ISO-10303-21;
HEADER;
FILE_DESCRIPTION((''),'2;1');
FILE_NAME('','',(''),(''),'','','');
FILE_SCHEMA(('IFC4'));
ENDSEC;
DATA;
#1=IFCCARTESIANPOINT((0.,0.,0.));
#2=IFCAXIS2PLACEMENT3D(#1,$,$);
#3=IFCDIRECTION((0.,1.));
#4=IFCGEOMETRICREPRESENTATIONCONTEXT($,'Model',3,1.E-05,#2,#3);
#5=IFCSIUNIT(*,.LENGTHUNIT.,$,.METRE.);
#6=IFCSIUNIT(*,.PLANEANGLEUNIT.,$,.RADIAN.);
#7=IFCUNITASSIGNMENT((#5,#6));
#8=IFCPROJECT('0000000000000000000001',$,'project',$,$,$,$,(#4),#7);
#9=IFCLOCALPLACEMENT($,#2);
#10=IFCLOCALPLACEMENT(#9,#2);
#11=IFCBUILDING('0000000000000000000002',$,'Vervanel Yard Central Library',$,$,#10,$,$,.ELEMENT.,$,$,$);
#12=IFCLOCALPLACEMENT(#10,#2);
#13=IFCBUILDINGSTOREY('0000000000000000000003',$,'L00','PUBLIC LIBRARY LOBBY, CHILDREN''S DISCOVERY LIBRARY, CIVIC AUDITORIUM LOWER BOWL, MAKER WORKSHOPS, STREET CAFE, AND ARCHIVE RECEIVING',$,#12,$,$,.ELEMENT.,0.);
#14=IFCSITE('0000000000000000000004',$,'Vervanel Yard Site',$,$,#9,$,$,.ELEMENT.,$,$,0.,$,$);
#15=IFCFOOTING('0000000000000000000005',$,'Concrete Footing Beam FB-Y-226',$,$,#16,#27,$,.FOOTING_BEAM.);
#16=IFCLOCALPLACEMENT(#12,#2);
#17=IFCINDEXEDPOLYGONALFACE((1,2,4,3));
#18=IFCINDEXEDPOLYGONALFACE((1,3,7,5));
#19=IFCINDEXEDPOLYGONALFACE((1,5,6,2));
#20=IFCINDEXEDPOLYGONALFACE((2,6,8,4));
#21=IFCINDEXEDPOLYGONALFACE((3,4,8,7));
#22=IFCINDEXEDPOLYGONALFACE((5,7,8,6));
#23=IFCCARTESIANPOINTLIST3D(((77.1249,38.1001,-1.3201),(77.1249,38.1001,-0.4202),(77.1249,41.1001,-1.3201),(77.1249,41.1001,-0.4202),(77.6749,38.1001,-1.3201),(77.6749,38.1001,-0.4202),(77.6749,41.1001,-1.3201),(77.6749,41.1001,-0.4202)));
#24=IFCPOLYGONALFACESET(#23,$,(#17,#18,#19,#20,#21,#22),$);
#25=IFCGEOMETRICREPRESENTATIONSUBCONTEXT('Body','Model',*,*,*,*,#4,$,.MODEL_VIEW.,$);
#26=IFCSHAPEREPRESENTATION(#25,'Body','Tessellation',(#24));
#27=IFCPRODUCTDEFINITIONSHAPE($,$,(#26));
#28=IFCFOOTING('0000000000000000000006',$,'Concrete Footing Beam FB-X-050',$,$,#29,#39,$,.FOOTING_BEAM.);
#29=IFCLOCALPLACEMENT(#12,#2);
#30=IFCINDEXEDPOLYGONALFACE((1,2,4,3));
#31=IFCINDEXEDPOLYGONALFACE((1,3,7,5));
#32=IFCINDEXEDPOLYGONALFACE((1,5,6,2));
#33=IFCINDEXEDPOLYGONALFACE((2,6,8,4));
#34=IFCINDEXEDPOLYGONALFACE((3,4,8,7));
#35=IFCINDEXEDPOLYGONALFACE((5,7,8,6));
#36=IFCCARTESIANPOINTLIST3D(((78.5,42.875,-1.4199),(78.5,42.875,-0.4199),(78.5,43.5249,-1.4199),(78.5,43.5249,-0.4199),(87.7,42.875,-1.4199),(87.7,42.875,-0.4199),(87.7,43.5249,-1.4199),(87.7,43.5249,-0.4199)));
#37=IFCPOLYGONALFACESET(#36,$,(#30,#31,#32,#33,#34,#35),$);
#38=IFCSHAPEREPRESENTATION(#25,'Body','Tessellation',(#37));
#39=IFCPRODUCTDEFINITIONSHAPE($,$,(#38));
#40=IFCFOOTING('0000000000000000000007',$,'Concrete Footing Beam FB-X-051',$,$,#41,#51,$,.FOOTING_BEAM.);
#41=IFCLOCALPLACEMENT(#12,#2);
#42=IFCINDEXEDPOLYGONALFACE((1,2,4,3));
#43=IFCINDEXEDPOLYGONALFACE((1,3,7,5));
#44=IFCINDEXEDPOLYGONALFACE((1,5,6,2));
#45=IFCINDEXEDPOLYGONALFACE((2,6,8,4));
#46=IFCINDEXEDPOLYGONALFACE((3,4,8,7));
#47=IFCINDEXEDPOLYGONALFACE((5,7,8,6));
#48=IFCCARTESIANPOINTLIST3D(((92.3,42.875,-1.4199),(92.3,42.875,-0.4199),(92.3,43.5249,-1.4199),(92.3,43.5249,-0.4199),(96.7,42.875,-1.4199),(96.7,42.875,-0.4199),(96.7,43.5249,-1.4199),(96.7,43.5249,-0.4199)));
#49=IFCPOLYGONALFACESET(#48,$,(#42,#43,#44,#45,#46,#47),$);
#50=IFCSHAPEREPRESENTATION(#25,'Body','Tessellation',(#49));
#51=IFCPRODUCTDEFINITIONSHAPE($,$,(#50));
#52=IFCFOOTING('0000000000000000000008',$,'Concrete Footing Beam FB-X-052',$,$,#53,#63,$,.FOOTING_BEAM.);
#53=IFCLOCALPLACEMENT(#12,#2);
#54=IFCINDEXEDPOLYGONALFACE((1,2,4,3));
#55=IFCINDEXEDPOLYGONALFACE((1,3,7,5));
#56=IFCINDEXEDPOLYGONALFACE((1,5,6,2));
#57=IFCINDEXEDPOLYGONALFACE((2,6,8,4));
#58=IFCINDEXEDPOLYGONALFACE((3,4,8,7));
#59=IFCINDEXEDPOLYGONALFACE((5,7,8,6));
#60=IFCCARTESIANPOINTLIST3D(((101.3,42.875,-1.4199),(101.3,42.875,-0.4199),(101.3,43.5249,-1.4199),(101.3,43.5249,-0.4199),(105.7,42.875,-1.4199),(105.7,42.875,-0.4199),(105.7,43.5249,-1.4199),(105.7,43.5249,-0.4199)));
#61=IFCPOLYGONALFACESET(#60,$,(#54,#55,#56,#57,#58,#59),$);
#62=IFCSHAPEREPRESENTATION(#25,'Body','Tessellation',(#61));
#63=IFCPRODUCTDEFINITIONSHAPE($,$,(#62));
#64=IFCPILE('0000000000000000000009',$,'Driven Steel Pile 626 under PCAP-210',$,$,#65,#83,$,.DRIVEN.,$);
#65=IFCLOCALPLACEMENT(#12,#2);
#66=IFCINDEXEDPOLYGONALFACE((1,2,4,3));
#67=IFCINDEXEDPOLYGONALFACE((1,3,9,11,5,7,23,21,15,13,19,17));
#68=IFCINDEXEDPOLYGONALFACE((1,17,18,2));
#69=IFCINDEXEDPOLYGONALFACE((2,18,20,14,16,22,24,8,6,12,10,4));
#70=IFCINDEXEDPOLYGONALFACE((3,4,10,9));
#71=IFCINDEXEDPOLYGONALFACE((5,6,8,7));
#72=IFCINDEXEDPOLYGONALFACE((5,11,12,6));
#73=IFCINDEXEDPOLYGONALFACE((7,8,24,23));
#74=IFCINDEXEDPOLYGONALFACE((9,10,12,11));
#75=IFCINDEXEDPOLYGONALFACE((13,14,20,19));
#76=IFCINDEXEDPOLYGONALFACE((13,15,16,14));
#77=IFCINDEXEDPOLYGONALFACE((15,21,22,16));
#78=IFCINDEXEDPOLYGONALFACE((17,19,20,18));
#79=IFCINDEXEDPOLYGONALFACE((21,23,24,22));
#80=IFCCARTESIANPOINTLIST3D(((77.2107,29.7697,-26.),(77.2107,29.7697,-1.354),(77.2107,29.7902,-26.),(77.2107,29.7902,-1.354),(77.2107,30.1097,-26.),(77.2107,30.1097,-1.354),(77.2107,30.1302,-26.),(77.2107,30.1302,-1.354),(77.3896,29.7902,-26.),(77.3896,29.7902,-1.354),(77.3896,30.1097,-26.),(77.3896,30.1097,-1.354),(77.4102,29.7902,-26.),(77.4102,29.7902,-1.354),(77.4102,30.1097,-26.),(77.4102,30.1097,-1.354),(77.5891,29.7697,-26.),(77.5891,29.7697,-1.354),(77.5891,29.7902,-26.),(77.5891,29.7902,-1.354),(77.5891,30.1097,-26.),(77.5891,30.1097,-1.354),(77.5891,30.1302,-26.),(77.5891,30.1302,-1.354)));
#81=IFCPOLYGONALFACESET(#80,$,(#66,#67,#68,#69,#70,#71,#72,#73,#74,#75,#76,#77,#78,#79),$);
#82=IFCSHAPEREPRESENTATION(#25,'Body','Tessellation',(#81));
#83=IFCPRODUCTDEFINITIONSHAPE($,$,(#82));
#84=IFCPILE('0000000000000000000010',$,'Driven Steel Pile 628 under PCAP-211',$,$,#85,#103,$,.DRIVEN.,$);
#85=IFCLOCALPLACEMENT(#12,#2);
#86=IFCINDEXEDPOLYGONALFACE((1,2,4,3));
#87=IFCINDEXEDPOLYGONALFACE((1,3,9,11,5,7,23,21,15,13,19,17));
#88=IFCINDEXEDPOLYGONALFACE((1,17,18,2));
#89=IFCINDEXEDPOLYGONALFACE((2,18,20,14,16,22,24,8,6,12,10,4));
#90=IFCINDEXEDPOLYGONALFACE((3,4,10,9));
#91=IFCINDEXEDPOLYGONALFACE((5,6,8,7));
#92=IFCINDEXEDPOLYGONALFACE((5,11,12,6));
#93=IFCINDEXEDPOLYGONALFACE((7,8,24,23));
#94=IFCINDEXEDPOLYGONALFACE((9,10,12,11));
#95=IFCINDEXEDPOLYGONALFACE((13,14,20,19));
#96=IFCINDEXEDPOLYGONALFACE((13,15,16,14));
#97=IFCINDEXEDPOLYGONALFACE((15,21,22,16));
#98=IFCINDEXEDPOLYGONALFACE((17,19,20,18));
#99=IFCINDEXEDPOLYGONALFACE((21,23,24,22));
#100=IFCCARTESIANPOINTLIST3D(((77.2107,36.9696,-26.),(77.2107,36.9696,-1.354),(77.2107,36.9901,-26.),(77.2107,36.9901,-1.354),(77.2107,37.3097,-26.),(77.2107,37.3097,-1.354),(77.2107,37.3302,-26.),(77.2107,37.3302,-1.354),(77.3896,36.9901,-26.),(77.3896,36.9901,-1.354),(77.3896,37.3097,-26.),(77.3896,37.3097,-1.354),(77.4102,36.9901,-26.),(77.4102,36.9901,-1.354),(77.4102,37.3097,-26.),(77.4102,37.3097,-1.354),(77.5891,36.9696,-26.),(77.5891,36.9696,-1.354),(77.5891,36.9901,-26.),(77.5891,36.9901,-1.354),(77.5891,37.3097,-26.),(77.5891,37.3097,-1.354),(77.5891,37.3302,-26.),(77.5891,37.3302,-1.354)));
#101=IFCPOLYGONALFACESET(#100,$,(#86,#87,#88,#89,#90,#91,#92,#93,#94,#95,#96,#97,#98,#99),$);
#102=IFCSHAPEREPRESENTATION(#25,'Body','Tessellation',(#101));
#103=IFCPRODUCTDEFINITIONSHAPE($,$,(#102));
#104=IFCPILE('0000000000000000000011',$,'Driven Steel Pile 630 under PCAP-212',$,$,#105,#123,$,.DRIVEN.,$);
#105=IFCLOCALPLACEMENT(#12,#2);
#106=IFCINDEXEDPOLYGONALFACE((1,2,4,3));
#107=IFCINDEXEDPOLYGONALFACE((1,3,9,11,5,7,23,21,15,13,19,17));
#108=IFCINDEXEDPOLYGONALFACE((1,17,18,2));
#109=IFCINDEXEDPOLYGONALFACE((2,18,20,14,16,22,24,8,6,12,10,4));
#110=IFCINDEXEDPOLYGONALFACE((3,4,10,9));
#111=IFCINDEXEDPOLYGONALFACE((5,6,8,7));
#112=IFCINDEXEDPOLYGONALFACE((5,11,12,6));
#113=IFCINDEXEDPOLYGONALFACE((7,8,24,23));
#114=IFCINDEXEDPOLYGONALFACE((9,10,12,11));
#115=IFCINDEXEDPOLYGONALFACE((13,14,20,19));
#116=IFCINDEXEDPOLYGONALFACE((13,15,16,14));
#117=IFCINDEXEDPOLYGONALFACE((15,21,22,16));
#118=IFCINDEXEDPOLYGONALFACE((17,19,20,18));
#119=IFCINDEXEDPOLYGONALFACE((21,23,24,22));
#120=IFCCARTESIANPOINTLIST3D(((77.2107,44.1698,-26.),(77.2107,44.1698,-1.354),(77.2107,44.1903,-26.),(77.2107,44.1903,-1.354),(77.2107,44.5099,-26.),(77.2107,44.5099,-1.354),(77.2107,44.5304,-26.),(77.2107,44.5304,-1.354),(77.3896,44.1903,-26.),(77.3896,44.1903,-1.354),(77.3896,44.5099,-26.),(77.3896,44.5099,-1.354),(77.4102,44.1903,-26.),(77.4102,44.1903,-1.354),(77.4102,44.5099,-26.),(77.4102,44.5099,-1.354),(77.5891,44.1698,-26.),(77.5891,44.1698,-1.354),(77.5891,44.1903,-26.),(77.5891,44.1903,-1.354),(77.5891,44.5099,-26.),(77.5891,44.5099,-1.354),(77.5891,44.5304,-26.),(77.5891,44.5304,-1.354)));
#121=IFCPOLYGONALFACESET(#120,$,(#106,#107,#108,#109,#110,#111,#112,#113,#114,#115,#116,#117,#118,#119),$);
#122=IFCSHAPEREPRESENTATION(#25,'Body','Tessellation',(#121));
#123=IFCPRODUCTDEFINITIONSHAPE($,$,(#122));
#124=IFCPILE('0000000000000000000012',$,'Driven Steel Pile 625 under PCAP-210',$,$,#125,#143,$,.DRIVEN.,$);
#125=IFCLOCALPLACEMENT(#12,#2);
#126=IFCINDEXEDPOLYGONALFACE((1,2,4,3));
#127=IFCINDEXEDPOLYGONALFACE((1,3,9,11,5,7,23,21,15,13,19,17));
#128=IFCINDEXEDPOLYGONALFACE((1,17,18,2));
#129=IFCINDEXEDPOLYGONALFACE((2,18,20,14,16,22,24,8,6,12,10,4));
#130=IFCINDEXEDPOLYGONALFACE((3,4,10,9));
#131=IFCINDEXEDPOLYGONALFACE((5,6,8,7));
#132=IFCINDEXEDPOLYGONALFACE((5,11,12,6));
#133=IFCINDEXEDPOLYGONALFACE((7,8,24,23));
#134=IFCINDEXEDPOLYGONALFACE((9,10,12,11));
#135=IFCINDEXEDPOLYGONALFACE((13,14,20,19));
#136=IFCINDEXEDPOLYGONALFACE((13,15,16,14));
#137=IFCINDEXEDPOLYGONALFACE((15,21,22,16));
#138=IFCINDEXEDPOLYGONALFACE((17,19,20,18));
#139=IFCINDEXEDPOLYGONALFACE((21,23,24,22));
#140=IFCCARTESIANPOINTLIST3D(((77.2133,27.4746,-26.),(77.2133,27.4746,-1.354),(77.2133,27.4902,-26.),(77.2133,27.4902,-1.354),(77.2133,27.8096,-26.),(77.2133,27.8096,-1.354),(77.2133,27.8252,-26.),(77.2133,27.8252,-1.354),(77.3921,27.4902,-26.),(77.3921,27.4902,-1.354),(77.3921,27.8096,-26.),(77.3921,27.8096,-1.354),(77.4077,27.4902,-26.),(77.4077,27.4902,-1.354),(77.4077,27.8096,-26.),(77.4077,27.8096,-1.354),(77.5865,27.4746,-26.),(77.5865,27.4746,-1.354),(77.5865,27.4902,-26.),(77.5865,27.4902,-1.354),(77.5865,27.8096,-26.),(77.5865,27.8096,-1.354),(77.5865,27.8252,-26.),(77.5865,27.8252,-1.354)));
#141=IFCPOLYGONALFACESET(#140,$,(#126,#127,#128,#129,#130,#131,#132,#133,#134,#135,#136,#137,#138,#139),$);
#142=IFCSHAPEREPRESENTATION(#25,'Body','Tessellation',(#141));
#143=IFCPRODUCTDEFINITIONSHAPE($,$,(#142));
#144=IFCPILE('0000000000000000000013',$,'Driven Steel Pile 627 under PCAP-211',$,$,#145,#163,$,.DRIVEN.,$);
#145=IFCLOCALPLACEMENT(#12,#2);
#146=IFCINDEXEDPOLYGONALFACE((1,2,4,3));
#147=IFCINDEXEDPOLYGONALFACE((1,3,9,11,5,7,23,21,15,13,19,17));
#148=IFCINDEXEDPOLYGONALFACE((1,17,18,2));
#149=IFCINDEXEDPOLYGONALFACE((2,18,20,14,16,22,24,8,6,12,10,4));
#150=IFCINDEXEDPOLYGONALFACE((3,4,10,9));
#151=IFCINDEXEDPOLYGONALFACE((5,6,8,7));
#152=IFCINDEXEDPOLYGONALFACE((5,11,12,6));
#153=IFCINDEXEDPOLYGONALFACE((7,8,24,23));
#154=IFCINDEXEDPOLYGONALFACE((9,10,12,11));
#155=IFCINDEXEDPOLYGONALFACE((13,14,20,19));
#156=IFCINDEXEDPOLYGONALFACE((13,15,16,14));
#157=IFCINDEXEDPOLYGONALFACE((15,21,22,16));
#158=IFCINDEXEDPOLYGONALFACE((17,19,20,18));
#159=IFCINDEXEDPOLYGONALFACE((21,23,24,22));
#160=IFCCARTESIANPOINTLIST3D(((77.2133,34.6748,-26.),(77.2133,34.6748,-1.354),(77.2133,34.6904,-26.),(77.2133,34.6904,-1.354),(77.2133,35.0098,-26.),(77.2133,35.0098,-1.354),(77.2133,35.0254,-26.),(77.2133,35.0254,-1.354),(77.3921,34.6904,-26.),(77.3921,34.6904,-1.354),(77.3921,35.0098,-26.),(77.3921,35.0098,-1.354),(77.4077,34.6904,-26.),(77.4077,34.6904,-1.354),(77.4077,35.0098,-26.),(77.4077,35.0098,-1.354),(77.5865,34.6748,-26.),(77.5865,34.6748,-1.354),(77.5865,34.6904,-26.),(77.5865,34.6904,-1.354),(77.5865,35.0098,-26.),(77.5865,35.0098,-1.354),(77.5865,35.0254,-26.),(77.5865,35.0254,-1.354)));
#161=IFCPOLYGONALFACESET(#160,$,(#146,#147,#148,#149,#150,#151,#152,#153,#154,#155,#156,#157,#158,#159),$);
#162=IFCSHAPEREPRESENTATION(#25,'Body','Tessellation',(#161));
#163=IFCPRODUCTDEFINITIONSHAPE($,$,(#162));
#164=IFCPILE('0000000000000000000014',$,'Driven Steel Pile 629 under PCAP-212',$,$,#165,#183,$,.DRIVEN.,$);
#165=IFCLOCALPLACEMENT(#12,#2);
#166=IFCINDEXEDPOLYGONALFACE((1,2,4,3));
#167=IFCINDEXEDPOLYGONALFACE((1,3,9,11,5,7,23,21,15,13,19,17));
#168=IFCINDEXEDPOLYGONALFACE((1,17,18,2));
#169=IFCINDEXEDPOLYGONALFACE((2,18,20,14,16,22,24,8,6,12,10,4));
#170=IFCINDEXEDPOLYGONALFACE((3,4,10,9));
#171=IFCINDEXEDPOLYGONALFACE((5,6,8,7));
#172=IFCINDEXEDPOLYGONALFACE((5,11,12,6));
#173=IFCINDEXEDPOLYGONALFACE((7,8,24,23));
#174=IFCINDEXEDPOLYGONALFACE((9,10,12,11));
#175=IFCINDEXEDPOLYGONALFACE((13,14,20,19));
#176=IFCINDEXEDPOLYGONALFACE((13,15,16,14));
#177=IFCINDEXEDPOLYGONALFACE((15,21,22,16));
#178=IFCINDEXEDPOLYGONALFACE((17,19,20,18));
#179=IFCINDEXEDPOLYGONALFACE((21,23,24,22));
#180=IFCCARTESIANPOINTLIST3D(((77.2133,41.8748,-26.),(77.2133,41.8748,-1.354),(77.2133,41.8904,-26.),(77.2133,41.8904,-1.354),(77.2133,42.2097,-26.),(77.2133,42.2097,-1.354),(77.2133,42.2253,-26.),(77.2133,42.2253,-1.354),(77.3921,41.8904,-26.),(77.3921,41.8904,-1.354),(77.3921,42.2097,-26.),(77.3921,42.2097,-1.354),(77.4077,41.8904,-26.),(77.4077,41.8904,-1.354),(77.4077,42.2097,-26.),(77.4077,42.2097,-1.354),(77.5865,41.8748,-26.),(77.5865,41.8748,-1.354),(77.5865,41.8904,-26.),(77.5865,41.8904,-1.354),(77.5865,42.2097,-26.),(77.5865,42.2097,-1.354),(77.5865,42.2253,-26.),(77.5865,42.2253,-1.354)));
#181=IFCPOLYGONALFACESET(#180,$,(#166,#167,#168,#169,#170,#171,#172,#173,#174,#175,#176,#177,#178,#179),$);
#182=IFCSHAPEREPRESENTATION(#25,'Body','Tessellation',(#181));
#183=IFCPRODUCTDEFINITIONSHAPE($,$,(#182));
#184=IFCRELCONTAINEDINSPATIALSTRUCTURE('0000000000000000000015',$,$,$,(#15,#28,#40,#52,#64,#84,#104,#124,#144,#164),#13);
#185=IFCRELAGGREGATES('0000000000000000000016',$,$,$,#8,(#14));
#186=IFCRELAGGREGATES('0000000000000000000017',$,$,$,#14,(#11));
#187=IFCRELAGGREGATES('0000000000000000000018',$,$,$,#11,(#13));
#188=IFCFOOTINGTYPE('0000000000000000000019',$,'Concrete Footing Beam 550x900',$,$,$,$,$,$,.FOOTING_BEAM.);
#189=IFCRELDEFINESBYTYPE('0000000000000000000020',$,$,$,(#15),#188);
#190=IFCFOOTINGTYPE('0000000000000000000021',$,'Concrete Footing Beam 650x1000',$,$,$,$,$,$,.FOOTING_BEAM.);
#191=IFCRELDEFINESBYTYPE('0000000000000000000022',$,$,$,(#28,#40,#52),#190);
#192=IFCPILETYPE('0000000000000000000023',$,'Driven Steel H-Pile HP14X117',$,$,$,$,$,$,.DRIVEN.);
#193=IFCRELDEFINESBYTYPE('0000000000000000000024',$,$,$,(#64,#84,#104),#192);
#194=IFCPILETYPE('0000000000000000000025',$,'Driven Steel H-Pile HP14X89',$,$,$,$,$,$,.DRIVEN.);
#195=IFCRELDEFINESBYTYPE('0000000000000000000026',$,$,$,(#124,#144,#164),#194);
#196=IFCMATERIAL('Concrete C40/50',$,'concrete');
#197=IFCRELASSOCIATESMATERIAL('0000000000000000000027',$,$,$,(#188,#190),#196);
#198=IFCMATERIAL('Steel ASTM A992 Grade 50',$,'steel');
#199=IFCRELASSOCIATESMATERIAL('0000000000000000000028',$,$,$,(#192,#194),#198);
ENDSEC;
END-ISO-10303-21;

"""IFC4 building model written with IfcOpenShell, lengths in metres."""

from ifc_helpers import new_model, si_unit, direction, frame, origin, origin_2d, place, context, subcontext, project, spatial, rectangle, i_section, extrude, material, material_profile, profile_set, type_object, element, save


model = new_model("IFC4")

# Units and contexts
model_context = context("Model", 3, precision=1e-05, world=origin(), true_north=direction((0.0, 1.0)))
body_context = subcontext(model_context, "Body", "Model", "MODEL_VIEW")
ifc_project = project(units=[si_unit("LENGTHUNIT", "METRE"), si_unit("PLANEANGLEUNIT", "RADIAN")], contexts=[model_context])

# Site, building, storey
site_placement = place(None, origin())
site = spatial("IfcSite", under=ifc_project, at=site_placement, Name="Vervanel Yard Site", CompositionType="ELEMENT", RefElevation=0.0)
building_placement = place(site_placement, origin())
building = spatial("IfcBuilding", under=site, at=building_placement, Name="Vervanel Yard Central Library", CompositionType="ELEMENT")
storey_placement = place(building_placement, origin())
storey = spatial("IfcBuildingStorey", under=building, at=storey_placement, Name="L00", Description="PUBLIC LIBRARY LOBBY, CHILDREN'S DISCOVERY LIBRARY, CIVIC AUDITORIUM LOWER BOWL, MAKER WORKSHOPS, STREET CAFE, AND ARCHIVE RECEIVING", CompositionType="ELEMENT", Elevation=0.0)

# Shared definitions
ifc_material_1 = material(Name="Concrete C40/50", Category="concrete")

# Footings
ifc_material_profile_1 = material_profile(ifc_material_1, rectangle(XDim=0.55, YDim=0.8999, at=origin_2d()), Name="RC 550x900", Category="concrete")
ifc_profile_set_1 = profile_set([ifc_material_profile_1], Name="Concrete C40/50")
footing_type_1 = type_object("IfcFootingType", Name="Concrete Footing Beam 550x900", PredefinedType="FOOTING_BEAM", material=ifc_profile_set_1)
for number, where, z_axis, x_axis, name in (
    (1, (77.3999, 38.1001, -0.8701), (0.0, 1.0, 0.0), (-1.0, 0.0, 0.0), "Concrete Footing Beam FB-Y-226"),
):
    element("IfcFooting", number, at=place(storey_placement, frame(where, z_axis=z_axis, x_axis=x_axis)), inside=storey, type_object=footing_type_1, Name=name, PredefinedType="FOOTING_BEAM", context=body_context, shape_type="SweptSolid", body=[
        extrude(rectangle(XDim=0.55, YDim=0.8999, at=origin_2d()), origin(), (0.0, 0.0, 1.0), 3.0),
    ])
ifc_material_profile_2 = material_profile(ifc_material_1, rectangle(XDim=0.6499, YDim=1.0, at=origin_2d()), Name="RC 650x1000", Category="concrete")
ifc_profile_set_2 = profile_set([ifc_material_profile_2], Name="Concrete C40/50")
footing_type_2 = type_object("IfcFootingType", Name="Concrete Footing Beam 650x1000", PredefinedType="FOOTING_BEAM", material=ifc_profile_set_2)
footing_placement = place(storey_placement, frame((78.5, 43.2, -0.9199), z_axis=(1.0, 0.0, 0.0), x_axis=(0.0, 1.0, 0.0)))
element("IfcFooting", 2, at=footing_placement, inside=storey, type_object=footing_type_2, Name="Concrete Footing Beam FB-X-050", PredefinedType="FOOTING_BEAM", context=body_context, shape_type="SweptSolid", body=[
    extrude(rectangle(XDim=0.6499, YDim=1.0, at=origin_2d()), origin(), (0.0, 0.0, 1.0), 9.2),
])
for number, where, z_axis, x_axis, name in (
    (3, (92.3, 43.2, -0.9199), (1.0, 0.0, 0.0), (0.0, 1.0, 0.0), "Concrete Footing Beam FB-X-051"),
    (4, (101.3, 43.2, -0.9199), (1.0, 0.0, 0.0), (0.0, 1.0, 0.0), "Concrete Footing Beam FB-X-052"),
):
    element("IfcFooting", number, at=place(storey_placement, frame(where, z_axis=z_axis, x_axis=x_axis)), inside=storey, type_object=footing_type_2, Name=name, PredefinedType="FOOTING_BEAM", context=body_context, shape_type="SweptSolid", body=[
        extrude(rectangle(XDim=0.6499, YDim=1.0, at=origin_2d()), origin(), (0.0, 0.0, 1.0), 4.3999),
    ])

# Piles
ifc_material_2 = material(Name="Steel ASTM A992 Grade 50", Category="steel")
ifc_material_profile_3 = material_profile(ifc_material_2, i_section(OverallWidth=0.3784, OverallDepth=0.3606, WebThickness=0.0205, FlangeThickness=0.0205, at=origin_2d()), Name="HP14X117", Category="steel")
ifc_profile_set_3 = profile_set([ifc_material_profile_3], Name="Steel ASTM A992 Grade 50")
pile_type_1 = type_object("IfcPileType", Name="Driven Steel H-Pile HP14X117", PredefinedType="DRIVEN", material=ifc_profile_set_3)
for number, where, z_axis, x_axis, name in (
    (5, (77.3999, 29.95, -26.0), (0.0, 0.0, 1.0), (1.0, 0.0, 0.0), "Driven Steel Pile 626 under PCAP-210"),
    (6, (77.3999, 37.1499, -26.0), (0.0, 0.0, 1.0), (1.0, 0.0, 0.0), "Driven Steel Pile 628 under PCAP-211"),
    (7, (77.3999, 44.3501, -26.0), (0.0, 0.0, 1.0), (1.0, 0.0, 0.0), "Driven Steel Pile 630 under PCAP-212"),
):
    element("IfcPile", number, at=place(storey_placement, frame(where, z_axis=z_axis, x_axis=x_axis)), inside=storey, type_object=pile_type_1, Name=name, PredefinedType="DRIVEN", context=body_context, shape_type="SweptSolid", body=[
        extrude(i_section(OverallWidth=0.3784, OverallDepth=0.3606, WebThickness=0.0205, FlangeThickness=0.0205, at=origin_2d()), origin(), (0.0, 0.0, 1.0), 24.646),
    ])
ifc_material_profile_4 = material_profile(ifc_material_2, i_section(OverallWidth=0.3733, OverallDepth=0.3506, WebThickness=0.0156, FlangeThickness=0.0156, at=origin_2d()), Name="HP14X89", Category="steel")
ifc_profile_set_4 = profile_set([ifc_material_profile_4], Name="Steel ASTM A992 Grade 50")
pile_type_2 = type_object("IfcPileType", Name="Driven Steel H-Pile HP14X89", PredefinedType="DRIVEN", material=ifc_profile_set_4)
for number, where, z_axis, x_axis, name in (
    (8, (77.3999, 27.6499, -26.0), (0.0, 0.0, 1.0), (1.0, 0.0, 0.0), "Driven Steel Pile 625 under PCAP-210"),
    (9, (77.3999, 34.8501, -26.0), (0.0, 0.0, 1.0), (1.0, 0.0, 0.0), "Driven Steel Pile 627 under PCAP-211"),
    (10, (77.3999, 42.05, -26.0), (0.0, 0.0, 1.0), (1.0, 0.0, 0.0), "Driven Steel Pile 629 under PCAP-212"),
):
    element("IfcPile", number, at=place(storey_placement, frame(where, z_axis=z_axis, x_axis=x_axis)), inside=storey, type_object=pile_type_2, Name=name, PredefinedType="DRIVEN", context=body_context, shape_type="SweptSolid", body=[
        extrude(i_section(OverallWidth=0.3733, OverallDepth=0.3506, WebThickness=0.0156, FlangeThickness=0.0156, at=origin_2d()), origin(), (0.0, 0.0, 1.0), 24.646),
    ])

save(model, "model.ifc")
